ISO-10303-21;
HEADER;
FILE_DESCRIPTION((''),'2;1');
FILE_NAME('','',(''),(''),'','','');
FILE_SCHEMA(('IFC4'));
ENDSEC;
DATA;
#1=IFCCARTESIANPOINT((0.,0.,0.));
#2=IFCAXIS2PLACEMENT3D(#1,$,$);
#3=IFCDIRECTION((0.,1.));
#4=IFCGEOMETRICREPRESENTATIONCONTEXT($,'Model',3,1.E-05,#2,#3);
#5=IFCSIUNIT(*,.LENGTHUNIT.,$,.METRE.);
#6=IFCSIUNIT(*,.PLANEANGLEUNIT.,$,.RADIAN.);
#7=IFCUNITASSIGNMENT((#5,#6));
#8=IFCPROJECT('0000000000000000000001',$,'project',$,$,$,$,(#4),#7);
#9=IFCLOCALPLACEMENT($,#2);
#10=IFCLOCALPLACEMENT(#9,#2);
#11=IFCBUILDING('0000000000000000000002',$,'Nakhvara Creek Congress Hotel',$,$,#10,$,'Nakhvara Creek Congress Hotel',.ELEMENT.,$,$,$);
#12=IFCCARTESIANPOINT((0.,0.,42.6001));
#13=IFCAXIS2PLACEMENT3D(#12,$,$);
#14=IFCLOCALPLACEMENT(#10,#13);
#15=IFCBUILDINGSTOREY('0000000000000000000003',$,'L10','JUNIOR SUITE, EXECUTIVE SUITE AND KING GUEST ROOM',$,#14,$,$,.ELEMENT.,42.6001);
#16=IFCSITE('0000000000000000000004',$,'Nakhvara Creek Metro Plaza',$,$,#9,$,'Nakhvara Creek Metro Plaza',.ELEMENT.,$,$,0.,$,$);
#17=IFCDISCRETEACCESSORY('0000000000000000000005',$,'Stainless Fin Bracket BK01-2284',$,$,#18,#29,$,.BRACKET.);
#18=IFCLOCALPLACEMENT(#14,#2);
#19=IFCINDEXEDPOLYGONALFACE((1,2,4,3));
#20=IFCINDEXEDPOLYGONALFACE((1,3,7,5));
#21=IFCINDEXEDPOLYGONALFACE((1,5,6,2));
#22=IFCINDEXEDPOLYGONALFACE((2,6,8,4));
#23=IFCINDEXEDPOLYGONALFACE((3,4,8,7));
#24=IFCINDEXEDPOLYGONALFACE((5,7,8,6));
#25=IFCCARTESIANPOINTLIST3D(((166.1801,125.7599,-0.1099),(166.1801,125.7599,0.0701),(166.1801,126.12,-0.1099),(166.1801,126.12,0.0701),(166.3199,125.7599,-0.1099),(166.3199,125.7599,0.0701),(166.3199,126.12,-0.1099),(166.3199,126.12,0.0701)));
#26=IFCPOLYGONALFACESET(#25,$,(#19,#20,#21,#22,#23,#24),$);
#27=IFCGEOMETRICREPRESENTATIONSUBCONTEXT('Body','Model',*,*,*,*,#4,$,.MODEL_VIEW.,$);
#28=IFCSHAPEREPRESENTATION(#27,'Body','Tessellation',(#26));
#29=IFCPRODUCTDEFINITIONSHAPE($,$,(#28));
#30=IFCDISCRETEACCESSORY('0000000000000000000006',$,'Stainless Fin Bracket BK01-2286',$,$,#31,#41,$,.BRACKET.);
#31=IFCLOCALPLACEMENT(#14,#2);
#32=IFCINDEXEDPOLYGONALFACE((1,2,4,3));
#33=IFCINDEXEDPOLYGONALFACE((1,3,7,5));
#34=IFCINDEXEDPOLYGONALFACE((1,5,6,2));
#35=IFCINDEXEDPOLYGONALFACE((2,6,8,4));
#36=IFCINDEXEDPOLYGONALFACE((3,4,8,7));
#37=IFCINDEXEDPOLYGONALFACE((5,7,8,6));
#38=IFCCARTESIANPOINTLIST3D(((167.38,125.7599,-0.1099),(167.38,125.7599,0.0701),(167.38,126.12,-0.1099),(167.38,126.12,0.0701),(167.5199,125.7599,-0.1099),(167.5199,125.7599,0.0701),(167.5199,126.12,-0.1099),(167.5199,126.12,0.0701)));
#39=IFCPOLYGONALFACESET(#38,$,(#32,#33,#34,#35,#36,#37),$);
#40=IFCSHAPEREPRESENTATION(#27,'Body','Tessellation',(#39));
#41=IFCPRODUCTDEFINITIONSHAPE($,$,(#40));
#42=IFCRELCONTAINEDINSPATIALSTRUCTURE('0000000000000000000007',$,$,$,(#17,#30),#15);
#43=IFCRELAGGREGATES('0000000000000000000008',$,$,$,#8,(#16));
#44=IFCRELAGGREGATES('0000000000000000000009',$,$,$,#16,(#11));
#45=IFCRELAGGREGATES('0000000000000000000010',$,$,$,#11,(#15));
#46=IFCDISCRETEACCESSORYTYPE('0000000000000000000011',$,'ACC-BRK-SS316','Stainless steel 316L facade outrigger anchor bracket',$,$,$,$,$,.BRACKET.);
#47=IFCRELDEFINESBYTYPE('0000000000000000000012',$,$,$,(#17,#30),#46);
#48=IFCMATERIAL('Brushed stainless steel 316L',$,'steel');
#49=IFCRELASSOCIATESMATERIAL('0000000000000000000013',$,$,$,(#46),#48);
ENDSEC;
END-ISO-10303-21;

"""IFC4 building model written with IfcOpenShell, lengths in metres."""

from ifc_helpers import new_model, si_unit, direction, frame, origin, origin_2d, place, context, subcontext, project, spatial, rectangle, extrude, material, type_object, element, save


model = new_model("IFC4")

# Units and contexts
model_context = context("Model", 3, precision=1e-05, world=origin(), true_north=direction((0.0, 1.0)))
body_context = subcontext(model_context, "Body", "Model", "MODEL_VIEW")
ifc_project = project(units=[si_unit("LENGTHUNIT", "METRE"), si_unit("PLANEANGLEUNIT", "RADIAN")], contexts=[model_context])

# Site, building, storey
site_placement = place(None, origin())
site = spatial("IfcSite", under=ifc_project, at=site_placement, Name="Nakhvara Creek Metro Plaza", LongName="Nakhvara Creek Metro Plaza", CompositionType="ELEMENT", RefElevation=0.0)
building_placement = place(site_placement, origin())
building = spatial("IfcBuilding", under=site, at=building_placement, Name="Nakhvara Creek Congress Hotel", LongName="Nakhvara Creek Congress Hotel", CompositionType="ELEMENT")
storey_placement = place(building_placement, frame((0.0, 0.0, 42.6001)))
storey = spatial("IfcBuildingStorey", under=building, at=storey_placement, Name="L10", Description="JUNIOR SUITE, EXECUTIVE SUITE AND KING GUEST ROOM", CompositionType="ELEMENT", Elevation=42.6001)

# Discrete accessories
ifc_material_1 = material(Name="Brushed stainless steel 316L", Category="steel")
discrete_accessory_type = type_object("IfcDiscreteAccessoryType", Name="ACC-BRK-SS316", Description="Stainless steel 316L facade outrigger anchor bracket", PredefinedType="BRACKET", material=ifc_material_1)
for number, where, z_axis, x_axis, name in (
    (1, (166.25, 125.9399, -0.1099), (0.0, 0.0, 1.0), (1.0, 0.0, 0.0), "Stainless Fin Bracket BK01-2284"),
    (2, (167.45, 125.9399, -0.1099), (0.0, 0.0, 1.0), (1.0, 0.0, 0.0), "Stainless Fin Bracket BK01-2286"),
):
    element("IfcDiscreteAccessory", number, at=place(storey_placement, frame(where, z_axis=z_axis, x_axis=x_axis)), inside=storey, type_object=discrete_accessory_type, Name=name, PredefinedType="BRACKET", context=body_context, shape_type="SweptSolid", body=[
        extrude(rectangle(XDim=0.1399, YDim=0.3601, at=origin_2d()), origin(), (0.0, 0.0, 1.0), 0.1799),
    ])

save(model, "model.ifc")
